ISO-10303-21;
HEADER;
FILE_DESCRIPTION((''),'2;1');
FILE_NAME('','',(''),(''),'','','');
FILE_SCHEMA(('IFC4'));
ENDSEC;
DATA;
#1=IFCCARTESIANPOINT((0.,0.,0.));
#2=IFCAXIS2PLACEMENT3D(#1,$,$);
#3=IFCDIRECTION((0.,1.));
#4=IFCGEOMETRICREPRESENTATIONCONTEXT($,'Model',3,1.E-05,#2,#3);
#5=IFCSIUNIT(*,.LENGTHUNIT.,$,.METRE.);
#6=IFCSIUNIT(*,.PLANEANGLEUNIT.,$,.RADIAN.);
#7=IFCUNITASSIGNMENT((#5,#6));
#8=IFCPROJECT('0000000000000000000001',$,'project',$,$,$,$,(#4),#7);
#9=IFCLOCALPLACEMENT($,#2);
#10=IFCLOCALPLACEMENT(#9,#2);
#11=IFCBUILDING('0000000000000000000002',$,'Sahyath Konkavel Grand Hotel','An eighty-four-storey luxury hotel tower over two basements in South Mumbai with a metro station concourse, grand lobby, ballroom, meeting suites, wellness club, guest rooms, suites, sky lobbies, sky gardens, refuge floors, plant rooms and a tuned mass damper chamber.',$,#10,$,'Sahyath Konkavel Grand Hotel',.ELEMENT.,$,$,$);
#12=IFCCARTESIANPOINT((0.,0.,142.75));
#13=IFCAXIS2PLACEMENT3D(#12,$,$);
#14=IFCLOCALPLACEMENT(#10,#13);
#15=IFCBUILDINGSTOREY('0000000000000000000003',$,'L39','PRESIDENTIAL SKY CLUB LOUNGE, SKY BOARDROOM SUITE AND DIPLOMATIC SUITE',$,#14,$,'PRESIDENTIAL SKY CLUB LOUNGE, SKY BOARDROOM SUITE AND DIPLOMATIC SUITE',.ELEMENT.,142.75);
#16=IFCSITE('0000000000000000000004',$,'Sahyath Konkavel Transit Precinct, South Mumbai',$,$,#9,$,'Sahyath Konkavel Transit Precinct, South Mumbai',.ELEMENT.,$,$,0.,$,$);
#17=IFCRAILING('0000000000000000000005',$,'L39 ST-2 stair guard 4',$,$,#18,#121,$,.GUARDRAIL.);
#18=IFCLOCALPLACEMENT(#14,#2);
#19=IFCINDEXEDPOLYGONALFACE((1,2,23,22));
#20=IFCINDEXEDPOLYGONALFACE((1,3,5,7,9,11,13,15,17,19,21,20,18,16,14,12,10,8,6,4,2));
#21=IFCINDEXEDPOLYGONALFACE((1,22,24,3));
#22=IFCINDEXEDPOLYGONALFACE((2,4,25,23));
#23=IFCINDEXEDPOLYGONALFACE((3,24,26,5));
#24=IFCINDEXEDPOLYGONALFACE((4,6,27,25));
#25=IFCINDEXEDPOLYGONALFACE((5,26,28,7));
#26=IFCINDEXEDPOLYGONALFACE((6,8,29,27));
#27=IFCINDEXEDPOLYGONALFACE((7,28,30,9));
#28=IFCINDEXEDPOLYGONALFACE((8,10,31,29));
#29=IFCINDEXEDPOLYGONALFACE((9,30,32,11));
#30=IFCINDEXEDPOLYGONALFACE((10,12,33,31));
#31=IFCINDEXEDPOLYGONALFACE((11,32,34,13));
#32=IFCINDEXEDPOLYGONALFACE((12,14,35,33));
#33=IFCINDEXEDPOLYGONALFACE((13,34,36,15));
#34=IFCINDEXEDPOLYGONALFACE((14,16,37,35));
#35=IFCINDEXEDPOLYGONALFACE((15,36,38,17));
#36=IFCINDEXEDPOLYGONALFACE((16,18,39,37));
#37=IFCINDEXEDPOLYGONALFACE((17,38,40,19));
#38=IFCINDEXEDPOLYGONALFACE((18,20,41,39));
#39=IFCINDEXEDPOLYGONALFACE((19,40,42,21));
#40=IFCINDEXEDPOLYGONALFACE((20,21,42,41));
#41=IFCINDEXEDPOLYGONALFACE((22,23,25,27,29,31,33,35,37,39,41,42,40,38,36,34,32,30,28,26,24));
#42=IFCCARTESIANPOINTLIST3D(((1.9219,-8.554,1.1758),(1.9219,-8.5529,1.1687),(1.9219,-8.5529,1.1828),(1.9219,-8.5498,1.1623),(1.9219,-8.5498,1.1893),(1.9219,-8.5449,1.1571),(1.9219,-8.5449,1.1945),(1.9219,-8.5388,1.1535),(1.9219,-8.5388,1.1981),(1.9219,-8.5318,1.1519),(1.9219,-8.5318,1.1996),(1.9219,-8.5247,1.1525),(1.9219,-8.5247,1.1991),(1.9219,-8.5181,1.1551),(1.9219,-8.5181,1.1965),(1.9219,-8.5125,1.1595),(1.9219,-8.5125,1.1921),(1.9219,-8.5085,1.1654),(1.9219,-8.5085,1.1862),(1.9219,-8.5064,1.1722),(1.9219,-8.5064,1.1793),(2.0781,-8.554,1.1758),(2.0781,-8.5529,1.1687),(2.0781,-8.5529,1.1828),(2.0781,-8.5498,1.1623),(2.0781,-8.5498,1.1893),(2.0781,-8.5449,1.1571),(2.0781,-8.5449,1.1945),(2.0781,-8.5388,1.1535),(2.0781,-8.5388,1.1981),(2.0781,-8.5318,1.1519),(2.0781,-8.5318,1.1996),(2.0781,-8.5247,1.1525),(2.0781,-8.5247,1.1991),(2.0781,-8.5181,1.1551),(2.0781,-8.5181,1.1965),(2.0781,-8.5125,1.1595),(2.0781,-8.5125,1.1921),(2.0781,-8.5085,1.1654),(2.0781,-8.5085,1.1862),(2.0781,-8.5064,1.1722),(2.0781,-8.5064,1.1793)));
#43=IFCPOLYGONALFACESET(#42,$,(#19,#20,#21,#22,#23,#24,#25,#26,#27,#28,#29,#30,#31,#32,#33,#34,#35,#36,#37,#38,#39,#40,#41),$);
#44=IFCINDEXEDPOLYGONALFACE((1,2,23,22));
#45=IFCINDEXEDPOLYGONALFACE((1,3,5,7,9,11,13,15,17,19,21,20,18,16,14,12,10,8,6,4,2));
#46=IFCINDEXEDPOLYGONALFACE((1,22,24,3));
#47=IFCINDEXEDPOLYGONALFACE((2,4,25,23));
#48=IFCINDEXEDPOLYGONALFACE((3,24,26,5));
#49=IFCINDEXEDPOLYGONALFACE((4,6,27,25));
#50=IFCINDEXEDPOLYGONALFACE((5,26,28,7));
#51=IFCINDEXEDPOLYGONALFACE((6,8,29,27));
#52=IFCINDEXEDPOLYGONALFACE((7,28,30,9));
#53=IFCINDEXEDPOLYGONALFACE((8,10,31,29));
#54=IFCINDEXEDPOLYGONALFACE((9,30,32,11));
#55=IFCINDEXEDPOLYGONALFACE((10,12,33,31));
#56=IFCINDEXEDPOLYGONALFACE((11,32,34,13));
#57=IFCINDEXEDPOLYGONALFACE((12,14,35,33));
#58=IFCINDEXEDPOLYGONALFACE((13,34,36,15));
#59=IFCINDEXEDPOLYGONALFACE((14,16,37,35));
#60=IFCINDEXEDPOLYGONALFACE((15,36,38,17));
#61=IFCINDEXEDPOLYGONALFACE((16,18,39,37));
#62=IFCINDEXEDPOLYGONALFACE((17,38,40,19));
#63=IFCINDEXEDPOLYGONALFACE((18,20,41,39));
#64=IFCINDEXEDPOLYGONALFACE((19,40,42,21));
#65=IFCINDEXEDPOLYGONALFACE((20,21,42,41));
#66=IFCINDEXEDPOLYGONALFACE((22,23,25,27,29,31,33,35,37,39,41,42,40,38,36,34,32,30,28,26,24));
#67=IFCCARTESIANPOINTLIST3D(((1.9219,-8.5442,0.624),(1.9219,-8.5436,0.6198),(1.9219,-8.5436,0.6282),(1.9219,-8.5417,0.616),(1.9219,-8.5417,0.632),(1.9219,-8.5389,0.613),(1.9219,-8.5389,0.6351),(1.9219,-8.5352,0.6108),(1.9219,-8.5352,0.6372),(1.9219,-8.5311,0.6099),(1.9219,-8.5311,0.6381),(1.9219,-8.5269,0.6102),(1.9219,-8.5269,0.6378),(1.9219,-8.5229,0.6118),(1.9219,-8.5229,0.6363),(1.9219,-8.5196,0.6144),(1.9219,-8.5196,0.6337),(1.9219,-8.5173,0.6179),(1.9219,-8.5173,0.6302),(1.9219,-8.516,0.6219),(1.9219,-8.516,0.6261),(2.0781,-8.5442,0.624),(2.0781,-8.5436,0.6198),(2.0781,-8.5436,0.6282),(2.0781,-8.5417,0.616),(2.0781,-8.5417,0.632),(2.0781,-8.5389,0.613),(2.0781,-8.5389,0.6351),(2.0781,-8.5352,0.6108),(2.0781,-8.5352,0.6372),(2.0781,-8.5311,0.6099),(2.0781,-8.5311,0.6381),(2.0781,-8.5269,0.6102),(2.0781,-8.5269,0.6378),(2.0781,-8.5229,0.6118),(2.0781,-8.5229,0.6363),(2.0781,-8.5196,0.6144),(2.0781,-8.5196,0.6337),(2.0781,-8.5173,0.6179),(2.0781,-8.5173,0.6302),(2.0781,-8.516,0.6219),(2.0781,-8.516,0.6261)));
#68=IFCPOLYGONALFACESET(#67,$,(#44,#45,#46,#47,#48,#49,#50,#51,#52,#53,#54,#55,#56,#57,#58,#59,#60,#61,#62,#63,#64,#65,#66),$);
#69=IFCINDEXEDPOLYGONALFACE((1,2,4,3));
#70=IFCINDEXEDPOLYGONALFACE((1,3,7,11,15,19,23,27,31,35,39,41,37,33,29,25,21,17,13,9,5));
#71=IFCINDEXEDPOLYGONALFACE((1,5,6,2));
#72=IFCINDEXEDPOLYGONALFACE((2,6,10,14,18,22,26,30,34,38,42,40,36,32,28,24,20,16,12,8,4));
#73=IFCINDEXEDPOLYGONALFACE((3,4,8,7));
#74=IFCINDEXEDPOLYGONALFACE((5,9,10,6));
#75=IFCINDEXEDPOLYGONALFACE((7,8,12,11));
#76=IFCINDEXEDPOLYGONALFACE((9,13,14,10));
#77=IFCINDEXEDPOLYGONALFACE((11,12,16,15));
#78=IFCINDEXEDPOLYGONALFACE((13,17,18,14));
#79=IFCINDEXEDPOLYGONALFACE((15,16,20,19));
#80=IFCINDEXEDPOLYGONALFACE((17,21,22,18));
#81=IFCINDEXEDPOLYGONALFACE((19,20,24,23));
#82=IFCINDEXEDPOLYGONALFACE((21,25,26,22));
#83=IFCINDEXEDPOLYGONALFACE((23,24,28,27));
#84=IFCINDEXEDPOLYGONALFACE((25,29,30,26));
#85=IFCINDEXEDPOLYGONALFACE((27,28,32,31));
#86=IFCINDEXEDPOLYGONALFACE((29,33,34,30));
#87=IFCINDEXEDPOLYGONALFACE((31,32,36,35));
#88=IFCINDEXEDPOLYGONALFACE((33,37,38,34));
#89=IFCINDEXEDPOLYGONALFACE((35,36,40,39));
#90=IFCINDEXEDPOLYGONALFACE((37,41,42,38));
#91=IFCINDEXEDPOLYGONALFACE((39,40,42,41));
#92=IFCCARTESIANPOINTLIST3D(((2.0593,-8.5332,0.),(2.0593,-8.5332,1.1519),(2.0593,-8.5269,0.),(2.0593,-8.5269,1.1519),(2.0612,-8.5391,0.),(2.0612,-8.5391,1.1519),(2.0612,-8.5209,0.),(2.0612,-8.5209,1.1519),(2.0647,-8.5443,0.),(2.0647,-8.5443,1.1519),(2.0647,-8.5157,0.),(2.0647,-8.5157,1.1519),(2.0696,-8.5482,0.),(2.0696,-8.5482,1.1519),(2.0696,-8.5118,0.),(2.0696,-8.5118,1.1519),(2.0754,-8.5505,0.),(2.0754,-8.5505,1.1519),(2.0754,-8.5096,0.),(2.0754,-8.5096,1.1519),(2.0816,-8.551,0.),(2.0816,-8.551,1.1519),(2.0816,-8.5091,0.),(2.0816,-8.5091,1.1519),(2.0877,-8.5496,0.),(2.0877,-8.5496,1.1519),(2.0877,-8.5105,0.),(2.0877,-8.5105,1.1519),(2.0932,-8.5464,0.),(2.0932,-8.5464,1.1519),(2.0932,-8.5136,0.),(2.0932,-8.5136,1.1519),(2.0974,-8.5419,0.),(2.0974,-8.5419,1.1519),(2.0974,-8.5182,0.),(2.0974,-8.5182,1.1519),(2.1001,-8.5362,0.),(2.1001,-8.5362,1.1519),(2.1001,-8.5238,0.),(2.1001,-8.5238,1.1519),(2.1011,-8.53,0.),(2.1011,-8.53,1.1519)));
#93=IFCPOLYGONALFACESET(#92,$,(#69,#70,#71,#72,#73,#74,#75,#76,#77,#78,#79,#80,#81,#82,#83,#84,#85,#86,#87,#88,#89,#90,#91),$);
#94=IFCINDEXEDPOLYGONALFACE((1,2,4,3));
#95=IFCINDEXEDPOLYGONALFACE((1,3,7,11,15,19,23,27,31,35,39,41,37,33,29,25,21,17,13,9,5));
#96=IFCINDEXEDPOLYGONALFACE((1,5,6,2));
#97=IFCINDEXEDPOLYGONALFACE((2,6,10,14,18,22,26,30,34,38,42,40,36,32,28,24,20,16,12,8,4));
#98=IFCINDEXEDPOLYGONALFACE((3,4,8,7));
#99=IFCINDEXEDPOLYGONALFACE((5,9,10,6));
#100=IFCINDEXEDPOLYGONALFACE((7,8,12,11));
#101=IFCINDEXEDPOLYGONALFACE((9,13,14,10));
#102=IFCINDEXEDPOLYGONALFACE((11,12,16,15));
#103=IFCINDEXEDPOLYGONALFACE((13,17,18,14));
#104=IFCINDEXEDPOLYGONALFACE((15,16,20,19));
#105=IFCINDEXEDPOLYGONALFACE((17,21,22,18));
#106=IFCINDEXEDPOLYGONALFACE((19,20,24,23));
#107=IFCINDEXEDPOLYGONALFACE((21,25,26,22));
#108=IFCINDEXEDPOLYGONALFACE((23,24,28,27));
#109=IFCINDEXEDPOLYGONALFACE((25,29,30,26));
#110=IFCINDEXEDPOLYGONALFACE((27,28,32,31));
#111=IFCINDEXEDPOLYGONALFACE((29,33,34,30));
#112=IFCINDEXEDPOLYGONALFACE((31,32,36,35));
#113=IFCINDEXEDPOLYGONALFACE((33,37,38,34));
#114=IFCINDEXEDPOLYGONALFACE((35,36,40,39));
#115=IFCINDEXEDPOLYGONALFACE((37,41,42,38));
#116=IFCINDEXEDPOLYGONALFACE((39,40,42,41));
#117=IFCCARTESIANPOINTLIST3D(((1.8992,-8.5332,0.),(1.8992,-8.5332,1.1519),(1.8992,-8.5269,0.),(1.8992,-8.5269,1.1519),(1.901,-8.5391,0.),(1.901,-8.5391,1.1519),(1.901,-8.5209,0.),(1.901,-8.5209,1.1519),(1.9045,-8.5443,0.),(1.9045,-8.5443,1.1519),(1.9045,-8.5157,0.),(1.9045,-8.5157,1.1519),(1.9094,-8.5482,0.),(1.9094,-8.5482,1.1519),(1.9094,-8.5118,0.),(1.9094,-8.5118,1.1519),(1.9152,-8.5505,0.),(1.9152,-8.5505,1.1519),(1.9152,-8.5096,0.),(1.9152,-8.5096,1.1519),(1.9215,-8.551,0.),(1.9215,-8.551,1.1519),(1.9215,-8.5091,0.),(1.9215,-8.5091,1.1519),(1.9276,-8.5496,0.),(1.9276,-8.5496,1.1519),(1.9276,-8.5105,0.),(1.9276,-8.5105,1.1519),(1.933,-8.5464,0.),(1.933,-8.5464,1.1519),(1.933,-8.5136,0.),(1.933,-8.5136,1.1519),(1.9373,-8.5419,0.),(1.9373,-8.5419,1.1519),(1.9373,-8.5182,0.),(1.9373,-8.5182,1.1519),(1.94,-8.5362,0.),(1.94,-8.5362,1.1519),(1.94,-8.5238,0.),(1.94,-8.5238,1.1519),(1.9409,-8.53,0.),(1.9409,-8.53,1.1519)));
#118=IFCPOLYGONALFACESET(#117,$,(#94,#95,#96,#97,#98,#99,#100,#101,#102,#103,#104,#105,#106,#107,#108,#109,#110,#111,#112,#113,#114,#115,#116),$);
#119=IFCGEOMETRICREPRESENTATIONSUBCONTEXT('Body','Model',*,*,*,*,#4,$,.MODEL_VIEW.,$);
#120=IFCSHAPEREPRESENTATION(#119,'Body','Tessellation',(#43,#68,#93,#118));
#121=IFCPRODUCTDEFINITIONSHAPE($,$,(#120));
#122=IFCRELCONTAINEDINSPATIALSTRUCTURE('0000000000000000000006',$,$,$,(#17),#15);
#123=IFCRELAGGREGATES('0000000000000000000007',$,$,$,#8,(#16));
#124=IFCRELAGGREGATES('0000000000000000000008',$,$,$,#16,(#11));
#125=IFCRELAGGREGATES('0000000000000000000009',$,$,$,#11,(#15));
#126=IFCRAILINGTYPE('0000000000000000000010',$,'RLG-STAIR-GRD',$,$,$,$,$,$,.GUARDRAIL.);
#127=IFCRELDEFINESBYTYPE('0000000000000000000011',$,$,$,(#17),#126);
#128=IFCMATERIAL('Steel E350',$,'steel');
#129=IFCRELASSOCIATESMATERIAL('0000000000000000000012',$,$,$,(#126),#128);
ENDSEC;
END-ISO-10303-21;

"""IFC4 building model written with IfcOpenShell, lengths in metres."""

from ifc_helpers import new_model, si_unit, direction, frame, origin, origin_2d, place, context, subcontext, project, spatial, circle, extrude, material, type_object, element, save


model = new_model("IFC4")

# Units and contexts
model_context = context("Model", 3, precision=1e-05, world=origin(), true_north=direction((0.0, 1.0)))
body_context = subcontext(model_context, "Body", "Model", "MODEL_VIEW")
ifc_project = project(units=[si_unit("LENGTHUNIT", "METRE"), si_unit("PLANEANGLEUNIT", "RADIAN")], contexts=[model_context])

# Site, building, storey
site_placement = place(None, origin())
site = spatial("IfcSite", under=ifc_project, at=site_placement, Name="Sahyath Konkavel Transit Precinct, South Mumbai", LongName="Sahyath Konkavel Transit Precinct, South Mumbai", CompositionType="ELEMENT", RefElevation=0.0)
building_placement = place(site_placement, origin())
building = spatial("IfcBuilding", under=site, at=building_placement, Name="Sahyath Konkavel Grand Hotel", Description="An eighty-four-storey luxury hotel tower over two basements in South Mumbai with a metro station concourse, grand lobby, ballroom, meeting suites, wellness club, guest rooms, suites, sky lobbies, sky gardens, refuge floors, plant rooms and a tuned mass damper chamber.", LongName="Sahyath Konkavel Grand Hotel", CompositionType="ELEMENT")
storey_placement = place(building_placement, frame((0.0, 0.0, 142.75)))
storey = spatial("IfcBuildingStorey", under=building, at=storey_placement, Name="L39", Description="PRESIDENTIAL SKY CLUB LOUNGE, SKY BOARDROOM SUITE AND DIPLOMATIC SUITE", LongName="PRESIDENTIAL SKY CLUB LOUNGE, SKY BOARDROOM SUITE AND DIPLOMATIC SUITE", CompositionType="ELEMENT", Elevation=142.75)

# Shared definitions
ifc_material_1 = material(Name="Steel E350", Category="steel")

# Railing
railing_type_1 = type_object("IfcRailingType", Name="RLG-STAIR-GRD", PredefinedType="GUARDRAIL", material=ifc_material_1)
railing_1_placement = place(storey_placement, frame((2.0801, -8.53, 0.0)))
element("IfcRailing", 1, at=railing_1_placement, inside=storey, type_object=railing_type_1, Name="L39 ST-2 stair guard 4", PredefinedType="GUARDRAIL", context=body_context, shape_type="SweptSolid", body=[
    extrude(circle(Radius=0.0239, at=origin_2d()), frame((-0.002, 0.0, 1.1758), z_axis=(-1.0, 0.0, 0.0), x_axis=(0.0, -1.0, 0.0)), (0.0, 0.0, 1.0), 0.1562),
    extrude(circle(Radius=0.0142, at=origin_2d()), frame((-0.002, 0.0, 0.624), z_axis=(-1.0, 0.0, 0.0), x_axis=(0.0, -1.0, 0.0)), (0.0, 0.0, 1.0), 0.1562),
    extrude(circle(Radius=0.021, at=origin_2d()), origin(), (0.0, 0.0, 1.0), 1.1519),
    extrude(circle(Radius=0.021, at=origin_2d()), frame((-0.1602, 0.0, 0.0)), (0.0, 0.0, 1.0), 1.1519),
])

save(model, "model.ifc")
